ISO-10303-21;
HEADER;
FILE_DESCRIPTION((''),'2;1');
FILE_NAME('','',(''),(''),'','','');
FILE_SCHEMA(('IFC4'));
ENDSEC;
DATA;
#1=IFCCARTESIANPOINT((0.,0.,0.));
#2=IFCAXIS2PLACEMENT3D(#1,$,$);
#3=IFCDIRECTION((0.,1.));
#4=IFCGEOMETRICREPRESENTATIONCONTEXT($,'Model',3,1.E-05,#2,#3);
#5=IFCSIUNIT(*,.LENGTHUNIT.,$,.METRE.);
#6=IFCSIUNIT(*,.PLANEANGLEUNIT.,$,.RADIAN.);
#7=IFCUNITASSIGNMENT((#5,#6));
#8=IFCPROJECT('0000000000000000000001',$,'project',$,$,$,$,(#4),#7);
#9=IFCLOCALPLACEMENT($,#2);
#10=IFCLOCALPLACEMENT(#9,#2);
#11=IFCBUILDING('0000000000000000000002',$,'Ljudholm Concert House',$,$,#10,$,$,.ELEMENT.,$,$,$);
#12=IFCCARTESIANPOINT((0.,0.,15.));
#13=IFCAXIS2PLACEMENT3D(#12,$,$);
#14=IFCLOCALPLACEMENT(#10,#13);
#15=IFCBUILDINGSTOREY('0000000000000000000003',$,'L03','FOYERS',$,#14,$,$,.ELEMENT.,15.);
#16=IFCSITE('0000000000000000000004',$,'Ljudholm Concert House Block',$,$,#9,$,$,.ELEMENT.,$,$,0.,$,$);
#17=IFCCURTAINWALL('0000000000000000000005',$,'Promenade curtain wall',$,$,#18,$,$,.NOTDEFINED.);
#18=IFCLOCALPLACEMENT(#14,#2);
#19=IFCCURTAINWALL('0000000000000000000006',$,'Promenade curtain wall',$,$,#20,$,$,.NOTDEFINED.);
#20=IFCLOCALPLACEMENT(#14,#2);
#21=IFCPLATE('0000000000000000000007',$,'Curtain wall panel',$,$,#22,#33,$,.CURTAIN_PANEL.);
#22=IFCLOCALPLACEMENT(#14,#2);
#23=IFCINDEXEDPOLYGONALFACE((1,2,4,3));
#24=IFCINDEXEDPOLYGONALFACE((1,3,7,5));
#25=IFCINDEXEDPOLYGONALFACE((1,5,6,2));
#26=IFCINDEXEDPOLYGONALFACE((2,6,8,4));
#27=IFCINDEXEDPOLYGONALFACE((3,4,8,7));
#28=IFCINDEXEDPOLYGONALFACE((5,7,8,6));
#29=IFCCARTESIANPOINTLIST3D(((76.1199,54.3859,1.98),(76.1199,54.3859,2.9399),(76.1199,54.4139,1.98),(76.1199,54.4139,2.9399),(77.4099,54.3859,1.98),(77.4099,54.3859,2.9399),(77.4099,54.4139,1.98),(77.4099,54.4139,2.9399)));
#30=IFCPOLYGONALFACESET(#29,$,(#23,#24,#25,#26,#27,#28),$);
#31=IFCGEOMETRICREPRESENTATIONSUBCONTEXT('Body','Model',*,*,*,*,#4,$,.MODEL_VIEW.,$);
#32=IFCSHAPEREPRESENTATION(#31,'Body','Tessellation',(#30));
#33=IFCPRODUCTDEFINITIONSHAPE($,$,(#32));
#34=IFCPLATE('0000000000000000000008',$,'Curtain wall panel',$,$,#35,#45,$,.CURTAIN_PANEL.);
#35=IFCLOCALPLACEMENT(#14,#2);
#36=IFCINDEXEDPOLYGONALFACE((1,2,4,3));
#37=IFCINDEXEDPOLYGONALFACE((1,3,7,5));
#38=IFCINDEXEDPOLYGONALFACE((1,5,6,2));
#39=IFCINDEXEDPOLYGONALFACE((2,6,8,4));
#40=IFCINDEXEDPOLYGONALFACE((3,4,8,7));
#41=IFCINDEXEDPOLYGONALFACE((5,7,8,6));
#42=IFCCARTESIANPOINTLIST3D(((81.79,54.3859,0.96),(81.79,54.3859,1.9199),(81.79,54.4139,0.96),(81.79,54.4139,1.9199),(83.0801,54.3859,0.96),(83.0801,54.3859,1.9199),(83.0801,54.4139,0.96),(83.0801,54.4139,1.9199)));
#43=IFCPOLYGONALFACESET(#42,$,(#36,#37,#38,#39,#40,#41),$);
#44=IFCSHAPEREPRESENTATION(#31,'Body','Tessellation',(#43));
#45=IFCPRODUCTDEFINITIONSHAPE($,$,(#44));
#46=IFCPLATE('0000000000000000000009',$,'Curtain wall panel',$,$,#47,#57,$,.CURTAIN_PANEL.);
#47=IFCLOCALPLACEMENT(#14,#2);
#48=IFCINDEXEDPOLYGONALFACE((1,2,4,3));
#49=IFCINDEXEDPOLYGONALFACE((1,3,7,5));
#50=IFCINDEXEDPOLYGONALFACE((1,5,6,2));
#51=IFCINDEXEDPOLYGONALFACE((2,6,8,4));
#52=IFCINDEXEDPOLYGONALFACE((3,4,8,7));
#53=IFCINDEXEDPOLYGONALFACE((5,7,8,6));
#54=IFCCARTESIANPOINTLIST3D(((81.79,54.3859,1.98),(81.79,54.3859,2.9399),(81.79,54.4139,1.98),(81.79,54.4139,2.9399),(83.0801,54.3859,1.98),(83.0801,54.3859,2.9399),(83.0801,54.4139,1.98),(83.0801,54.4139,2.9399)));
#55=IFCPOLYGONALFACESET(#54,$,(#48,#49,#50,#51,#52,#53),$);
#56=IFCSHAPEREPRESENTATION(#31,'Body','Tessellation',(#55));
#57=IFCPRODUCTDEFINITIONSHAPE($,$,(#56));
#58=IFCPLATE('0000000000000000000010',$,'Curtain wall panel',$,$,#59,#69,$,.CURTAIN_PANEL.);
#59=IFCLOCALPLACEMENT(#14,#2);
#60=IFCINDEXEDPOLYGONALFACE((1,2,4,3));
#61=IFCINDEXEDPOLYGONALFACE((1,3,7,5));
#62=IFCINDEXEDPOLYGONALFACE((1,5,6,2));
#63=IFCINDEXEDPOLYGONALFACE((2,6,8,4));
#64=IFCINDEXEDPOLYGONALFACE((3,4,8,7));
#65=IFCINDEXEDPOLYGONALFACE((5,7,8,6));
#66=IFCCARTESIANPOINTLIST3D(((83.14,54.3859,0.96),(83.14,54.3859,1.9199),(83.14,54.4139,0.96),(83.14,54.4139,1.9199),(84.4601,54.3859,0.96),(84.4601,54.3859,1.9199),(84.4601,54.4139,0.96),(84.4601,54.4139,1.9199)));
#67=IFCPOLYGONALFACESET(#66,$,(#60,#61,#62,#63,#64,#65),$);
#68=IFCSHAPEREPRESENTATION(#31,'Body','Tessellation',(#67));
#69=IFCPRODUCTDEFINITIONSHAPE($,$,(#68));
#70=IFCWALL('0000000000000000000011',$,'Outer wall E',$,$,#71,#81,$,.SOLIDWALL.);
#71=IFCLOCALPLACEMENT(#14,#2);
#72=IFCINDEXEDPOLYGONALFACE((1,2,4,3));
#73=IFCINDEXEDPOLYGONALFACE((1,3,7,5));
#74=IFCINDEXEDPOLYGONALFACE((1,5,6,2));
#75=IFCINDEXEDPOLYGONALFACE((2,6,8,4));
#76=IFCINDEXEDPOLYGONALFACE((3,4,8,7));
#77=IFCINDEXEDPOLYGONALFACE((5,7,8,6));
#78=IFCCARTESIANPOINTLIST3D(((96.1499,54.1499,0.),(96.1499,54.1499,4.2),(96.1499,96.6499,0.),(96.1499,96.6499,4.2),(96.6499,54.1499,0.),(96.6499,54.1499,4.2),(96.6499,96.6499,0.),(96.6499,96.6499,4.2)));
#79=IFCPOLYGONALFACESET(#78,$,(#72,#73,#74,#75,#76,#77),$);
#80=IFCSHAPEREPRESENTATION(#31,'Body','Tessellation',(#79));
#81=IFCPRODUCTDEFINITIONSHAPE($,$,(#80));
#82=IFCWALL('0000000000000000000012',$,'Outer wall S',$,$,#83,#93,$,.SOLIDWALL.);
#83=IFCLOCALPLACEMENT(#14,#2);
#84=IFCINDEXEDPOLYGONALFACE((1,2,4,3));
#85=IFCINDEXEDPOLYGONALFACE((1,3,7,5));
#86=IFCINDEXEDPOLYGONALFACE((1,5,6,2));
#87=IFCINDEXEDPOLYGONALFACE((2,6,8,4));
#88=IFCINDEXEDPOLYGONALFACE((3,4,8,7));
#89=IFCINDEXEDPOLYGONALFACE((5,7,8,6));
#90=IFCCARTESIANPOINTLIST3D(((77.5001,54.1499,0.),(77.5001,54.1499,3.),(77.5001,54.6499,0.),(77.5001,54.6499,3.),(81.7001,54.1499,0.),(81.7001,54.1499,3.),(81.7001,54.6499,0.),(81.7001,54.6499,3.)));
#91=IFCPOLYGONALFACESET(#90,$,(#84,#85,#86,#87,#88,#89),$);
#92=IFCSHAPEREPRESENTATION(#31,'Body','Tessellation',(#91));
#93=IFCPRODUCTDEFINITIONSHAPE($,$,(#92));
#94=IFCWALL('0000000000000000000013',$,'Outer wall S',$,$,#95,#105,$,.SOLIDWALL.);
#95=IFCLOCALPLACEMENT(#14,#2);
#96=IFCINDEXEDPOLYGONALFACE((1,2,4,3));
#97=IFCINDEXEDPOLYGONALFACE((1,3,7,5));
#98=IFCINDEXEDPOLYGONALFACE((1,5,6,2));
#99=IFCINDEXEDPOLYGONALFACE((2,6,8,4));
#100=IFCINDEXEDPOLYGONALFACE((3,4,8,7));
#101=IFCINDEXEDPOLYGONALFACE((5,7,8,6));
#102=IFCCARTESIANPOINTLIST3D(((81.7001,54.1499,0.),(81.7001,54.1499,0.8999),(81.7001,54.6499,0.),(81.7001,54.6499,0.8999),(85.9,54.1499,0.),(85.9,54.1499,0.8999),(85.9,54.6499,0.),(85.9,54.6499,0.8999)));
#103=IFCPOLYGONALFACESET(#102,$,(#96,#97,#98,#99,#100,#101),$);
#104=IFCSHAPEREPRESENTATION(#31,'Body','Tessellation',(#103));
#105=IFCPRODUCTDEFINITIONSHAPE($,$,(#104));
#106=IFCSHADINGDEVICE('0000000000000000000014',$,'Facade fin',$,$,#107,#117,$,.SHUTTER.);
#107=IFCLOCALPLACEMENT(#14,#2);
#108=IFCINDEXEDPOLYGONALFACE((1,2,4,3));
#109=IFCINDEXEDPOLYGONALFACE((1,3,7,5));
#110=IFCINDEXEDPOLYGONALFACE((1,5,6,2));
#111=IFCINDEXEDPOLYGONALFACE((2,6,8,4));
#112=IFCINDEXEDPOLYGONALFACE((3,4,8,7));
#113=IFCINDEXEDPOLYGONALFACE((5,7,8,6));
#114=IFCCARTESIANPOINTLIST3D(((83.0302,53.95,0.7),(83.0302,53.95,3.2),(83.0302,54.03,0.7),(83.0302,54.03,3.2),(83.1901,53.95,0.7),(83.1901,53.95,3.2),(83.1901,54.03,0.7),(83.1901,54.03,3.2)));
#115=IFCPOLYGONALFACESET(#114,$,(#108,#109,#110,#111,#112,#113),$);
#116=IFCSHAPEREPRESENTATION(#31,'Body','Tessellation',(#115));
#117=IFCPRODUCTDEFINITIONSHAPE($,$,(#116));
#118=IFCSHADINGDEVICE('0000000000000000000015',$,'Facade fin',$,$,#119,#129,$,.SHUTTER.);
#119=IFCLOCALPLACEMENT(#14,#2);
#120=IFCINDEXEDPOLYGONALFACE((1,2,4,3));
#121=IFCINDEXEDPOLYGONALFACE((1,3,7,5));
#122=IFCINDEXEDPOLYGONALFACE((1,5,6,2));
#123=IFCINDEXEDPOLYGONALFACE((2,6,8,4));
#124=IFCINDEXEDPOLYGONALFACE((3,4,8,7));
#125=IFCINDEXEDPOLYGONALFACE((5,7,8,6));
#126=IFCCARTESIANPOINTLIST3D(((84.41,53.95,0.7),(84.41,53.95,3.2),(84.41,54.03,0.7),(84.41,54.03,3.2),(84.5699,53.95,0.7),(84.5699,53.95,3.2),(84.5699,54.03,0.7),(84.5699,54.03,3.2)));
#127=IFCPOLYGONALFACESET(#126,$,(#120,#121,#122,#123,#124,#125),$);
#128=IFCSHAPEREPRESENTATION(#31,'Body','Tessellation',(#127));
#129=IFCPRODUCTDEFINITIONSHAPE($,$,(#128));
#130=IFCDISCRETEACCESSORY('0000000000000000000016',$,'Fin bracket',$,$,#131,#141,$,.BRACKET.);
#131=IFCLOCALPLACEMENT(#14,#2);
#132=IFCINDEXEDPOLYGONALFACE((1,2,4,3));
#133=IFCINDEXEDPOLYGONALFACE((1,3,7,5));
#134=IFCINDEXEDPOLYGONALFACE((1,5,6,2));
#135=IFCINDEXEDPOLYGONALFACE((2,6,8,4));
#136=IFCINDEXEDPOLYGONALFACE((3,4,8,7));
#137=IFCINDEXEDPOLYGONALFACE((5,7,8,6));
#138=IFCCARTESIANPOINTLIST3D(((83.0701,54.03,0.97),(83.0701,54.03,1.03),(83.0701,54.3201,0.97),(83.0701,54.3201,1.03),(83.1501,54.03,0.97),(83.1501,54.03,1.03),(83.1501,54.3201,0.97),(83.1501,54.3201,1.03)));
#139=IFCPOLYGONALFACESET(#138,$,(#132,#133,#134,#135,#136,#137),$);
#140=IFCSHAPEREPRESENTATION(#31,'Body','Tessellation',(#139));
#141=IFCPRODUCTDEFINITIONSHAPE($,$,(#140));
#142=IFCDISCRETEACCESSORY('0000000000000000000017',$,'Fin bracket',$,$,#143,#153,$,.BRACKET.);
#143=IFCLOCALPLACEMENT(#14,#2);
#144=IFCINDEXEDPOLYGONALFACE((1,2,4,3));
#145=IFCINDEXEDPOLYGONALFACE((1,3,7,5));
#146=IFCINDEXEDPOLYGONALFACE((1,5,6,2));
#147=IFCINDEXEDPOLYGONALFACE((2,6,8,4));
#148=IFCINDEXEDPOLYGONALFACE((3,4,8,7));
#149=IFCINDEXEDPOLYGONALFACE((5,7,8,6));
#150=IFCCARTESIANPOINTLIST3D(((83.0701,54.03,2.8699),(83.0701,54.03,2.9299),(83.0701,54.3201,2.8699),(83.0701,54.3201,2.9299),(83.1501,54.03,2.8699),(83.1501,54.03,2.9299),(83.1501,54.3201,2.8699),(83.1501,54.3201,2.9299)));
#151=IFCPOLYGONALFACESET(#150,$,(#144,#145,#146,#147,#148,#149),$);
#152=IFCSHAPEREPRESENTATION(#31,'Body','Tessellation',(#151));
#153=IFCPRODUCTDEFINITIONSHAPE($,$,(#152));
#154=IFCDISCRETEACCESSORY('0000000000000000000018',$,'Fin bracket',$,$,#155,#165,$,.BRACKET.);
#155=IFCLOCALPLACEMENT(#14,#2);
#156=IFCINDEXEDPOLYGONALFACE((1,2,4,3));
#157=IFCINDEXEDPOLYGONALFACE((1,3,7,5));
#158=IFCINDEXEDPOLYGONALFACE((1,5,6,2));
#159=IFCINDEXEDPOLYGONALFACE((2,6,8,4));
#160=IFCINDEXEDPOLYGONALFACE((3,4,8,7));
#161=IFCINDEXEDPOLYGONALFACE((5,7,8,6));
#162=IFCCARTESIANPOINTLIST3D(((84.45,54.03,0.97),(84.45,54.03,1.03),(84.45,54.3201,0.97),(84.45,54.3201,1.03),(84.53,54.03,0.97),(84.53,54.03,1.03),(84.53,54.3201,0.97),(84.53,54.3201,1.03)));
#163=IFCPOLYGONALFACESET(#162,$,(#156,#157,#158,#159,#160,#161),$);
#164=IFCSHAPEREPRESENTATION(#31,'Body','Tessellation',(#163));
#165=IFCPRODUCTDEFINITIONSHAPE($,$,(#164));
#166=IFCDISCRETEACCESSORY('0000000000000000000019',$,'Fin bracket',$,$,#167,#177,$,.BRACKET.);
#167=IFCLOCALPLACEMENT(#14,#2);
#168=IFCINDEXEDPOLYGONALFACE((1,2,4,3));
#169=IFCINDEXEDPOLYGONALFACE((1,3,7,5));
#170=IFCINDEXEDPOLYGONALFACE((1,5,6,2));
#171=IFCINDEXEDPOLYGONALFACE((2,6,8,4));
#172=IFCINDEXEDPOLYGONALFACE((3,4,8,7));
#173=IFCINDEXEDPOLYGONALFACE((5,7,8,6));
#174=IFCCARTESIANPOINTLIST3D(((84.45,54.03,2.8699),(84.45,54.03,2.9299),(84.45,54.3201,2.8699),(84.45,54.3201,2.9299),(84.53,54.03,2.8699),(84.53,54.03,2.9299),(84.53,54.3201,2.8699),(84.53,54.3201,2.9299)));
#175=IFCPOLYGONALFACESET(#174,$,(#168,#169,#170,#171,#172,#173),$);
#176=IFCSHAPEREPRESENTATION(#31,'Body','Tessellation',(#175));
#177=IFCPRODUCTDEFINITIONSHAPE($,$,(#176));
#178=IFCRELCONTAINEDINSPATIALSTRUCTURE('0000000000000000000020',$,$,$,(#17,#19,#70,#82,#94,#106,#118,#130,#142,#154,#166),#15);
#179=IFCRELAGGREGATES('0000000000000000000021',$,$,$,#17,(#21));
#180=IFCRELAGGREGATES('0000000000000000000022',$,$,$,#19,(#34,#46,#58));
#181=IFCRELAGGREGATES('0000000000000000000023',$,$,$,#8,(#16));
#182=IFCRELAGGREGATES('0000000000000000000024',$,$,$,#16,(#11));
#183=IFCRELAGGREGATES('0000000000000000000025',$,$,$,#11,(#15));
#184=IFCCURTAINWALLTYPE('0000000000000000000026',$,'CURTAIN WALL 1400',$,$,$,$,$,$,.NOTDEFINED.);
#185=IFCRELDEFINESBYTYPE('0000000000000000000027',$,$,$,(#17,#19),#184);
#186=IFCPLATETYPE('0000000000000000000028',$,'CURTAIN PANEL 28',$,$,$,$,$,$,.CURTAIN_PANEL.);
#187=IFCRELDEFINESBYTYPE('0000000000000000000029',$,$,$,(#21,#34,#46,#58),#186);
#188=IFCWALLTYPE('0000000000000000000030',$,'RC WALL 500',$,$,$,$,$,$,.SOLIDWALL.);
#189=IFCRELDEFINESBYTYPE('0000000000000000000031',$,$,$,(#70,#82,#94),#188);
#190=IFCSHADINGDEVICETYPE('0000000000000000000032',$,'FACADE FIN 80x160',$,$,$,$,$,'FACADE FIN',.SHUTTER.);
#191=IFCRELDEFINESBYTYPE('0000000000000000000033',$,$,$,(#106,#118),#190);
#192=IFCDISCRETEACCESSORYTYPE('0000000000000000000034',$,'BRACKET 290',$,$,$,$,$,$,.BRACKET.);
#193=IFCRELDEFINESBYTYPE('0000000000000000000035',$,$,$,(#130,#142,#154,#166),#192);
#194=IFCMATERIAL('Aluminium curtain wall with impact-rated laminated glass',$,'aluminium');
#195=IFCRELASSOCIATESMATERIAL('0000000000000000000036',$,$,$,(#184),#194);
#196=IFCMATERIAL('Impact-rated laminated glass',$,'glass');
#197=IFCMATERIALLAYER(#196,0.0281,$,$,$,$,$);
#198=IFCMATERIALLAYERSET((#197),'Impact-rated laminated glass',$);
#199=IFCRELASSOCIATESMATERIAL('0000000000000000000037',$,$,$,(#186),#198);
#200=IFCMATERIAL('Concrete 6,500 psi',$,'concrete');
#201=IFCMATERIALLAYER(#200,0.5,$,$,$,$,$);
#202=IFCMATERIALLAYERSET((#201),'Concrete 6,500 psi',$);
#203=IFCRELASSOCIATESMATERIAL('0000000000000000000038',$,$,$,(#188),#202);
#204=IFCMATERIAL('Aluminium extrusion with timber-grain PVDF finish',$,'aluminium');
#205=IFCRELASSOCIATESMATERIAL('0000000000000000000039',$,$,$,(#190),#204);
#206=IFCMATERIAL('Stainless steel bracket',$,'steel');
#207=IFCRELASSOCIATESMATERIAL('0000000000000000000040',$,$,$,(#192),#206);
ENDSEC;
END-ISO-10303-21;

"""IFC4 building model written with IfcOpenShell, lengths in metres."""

from ifc_helpers import new_model, si_unit, direction, frame, frame_2d, origin, origin_2d, place, context, subcontext, project, spatial, rectangle, extrude, material, layer, layer_set, type_object, element, aggregate, save


model = new_model("IFC4")

# Units and contexts
model_context = context("Model", 3, precision=1e-05, world=origin(), true_north=direction((0.0, 1.0)))
body_context = subcontext(model_context, "Body", "Model", "MODEL_VIEW")
ifc_project = project(units=[si_unit("LENGTHUNIT", "METRE"), si_unit("PLANEANGLEUNIT", "RADIAN")], contexts=[model_context])

# Site, building, storey
site_placement = place(None, origin())
site = spatial("IfcSite", under=ifc_project, at=site_placement, Name="Ljudholm Concert House Block", CompositionType="ELEMENT", RefElevation=0.0)
building_placement = place(site_placement, origin())
building = spatial("IfcBuilding", under=site, at=building_placement, Name="Ljudholm Concert House", CompositionType="ELEMENT")
storey_placement = place(building_placement, frame((0.0, 0.0, 15.0)))
storey = spatial("IfcBuildingStorey", under=building, at=storey_placement, Name="L03", Description="FOYERS", CompositionType="ELEMENT", Elevation=15.0)

# Curtain walls
ifc_material_1 = material(Name="Aluminium curtain wall with impact-rated laminated glass", Category="aluminium")
curtain_wall_type = type_object("IfcCurtainWallType", Name="CURTAIN WALL 1400", PredefinedType="NOTDEFINED", material=ifc_material_1)
curtain_wall_1_placement = place(storey_placement, origin())
curtain_wall_1 = element("IfcCurtainWall", 1, at=curtain_wall_1_placement, inside=storey, type_object=curtain_wall_type, Name="Promenade curtain wall", PredefinedType="NOTDEFINED")
curtain_wall_2_placement = place(storey_placement, origin())
curtain_wall_2 = element("IfcCurtainWall", 2, at=curtain_wall_2_placement, inside=storey, type_object=curtain_wall_type, Name="Promenade curtain wall", PredefinedType="NOTDEFINED")

# Plates
ifc_material_2 = material(Name="Impact-rated laminated glass", Category="glass")
ifc_layer_1 = layer(ifc_material_2, 0.0281)
ifc_layer_set_1 = layer_set([ifc_layer_1], Name="Impact-rated laminated glass")
plate_type = type_object("IfcPlateType", Name="CURTAIN PANEL 28", PredefinedType="CURTAIN_PANEL", material=ifc_layer_set_1)
plate_1_placement = place(storey_placement, frame((76.7649, 54.3999, 1.98), z_axis=(0.0, 0.0, 1.0), x_axis=(1.0, 0.0, 0.0)))
plate_1 = element("IfcPlate", 3, at=plate_1_placement, type_object=plate_type, Name="Curtain wall panel", PredefinedType="CURTAIN_PANEL", context=body_context, shape_type="SweptSolid", body=[
    extrude(rectangle(XDim=1.29, YDim=0.0281, at=origin_2d()), origin(), (0.0, 0.0, 1.0), 0.96),
])
aggregate(curtain_wall_1, [plate_1])
plate_2_placement = place(storey_placement, frame((82.4351, 54.3999, 0.96), z_axis=(0.0, 0.0, 1.0), x_axis=(1.0, 0.0, 0.0)))
plate_2 = element("IfcPlate", 4, at=plate_2_placement, type_object=plate_type, Name="Curtain wall panel", PredefinedType="CURTAIN_PANEL", context=body_context, shape_type="SweptSolid", body=[
    extrude(rectangle(XDim=1.29, YDim=0.0281, at=origin_2d()), origin(), (0.0, 0.0, 1.0), 0.96),
])
plate_3_placement = place(storey_placement, frame((82.4351, 54.3999, 1.98), z_axis=(0.0, 0.0, 1.0), x_axis=(1.0, 0.0, 0.0)))
plate_3 = element("IfcPlate", 5, at=plate_3_placement, type_object=plate_type, Name="Curtain wall panel", PredefinedType="CURTAIN_PANEL", context=body_context, shape_type="SweptSolid", body=[
    extrude(rectangle(XDim=1.29, YDim=0.0281, at=origin_2d()), origin(), (0.0, 0.0, 1.0), 0.96),
])
plate_4_placement = place(storey_placement, frame((83.8, 54.3999, 0.96), z_axis=(0.0, 0.0, 1.0), x_axis=(1.0, 0.0, 0.0)))
plate_4 = element("IfcPlate", 6, at=plate_4_placement, type_object=plate_type, Name="Curtain wall panel", PredefinedType="CURTAIN_PANEL", context=body_context, shape_type="SweptSolid", body=[
    extrude(rectangle(XDim=1.3201, YDim=0.0281, at=origin_2d()), origin(), (0.0, 0.0, 1.0), 0.96),
])
aggregate(curtain_wall_2, [plate_2, plate_3, plate_4])

# Walls
ifc_material_3 = material(Name="Concrete 6,500 psi", Category="concrete")
ifc_layer_2 = layer(ifc_material_3, 0.5)
ifc_layer_set_2 = layer_set([ifc_layer_2], Name="Concrete 6,500 psi")
wall_type = type_object("IfcWallType", Name="RC WALL 500", PredefinedType="SOLIDWALL", material=ifc_layer_set_2)
wall_1_placement = place(storey_placement, frame((96.3999, 54.1499, 0.0), z_axis=(0.0, 0.0, 1.0), x_axis=(0.0, 1.0, 0.0)))
element("IfcWall", 7, at=wall_1_placement, inside=storey, type_object=wall_type, Name="Outer wall E", PredefinedType="SOLIDWALL", context=body_context, shape_type="SweptSolid", body=[
    extrude(rectangle(XDim=42.5, YDim=0.5, at=frame_2d((21.25, 0.0))), origin(), (0.0, 0.0, 1.0), 4.2),
])
wall_2_placement = place(storey_placement, frame((77.5, 54.3999, 0.0), z_axis=(0.0, 0.0, 1.0), x_axis=(1.0, 0.0, 0.0)))
element("IfcWall", 8, at=wall_2_placement, inside=storey, type_object=wall_type, Name="Outer wall S", PredefinedType="SOLIDWALL", context=body_context, shape_type="SweptSolid", body=[
    extrude(rectangle(XDim=4.2, YDim=0.5, at=frame_2d((2.1001, 0.0))), origin(), (0.0, 0.0, 1.0), 3.0),
])
wall_3_placement = place(storey_placement, frame((81.7, 54.3999, 0.0), z_axis=(0.0, 0.0, 1.0), x_axis=(1.0, 0.0, 0.0)))
element("IfcWall", 9, at=wall_3_placement, inside=storey, type_object=wall_type, Name="Outer wall S", PredefinedType="SOLIDWALL", context=body_context, shape_type="SweptSolid", body=[
    extrude(rectangle(XDim=4.2, YDim=0.5, at=frame_2d((2.1001, 0.0))), origin(), (0.0, 0.0, 1.0), 0.8999),
])

# Shading devices
ifc_material_4 = material(Name="Aluminium extrusion with timber-grain PVDF finish", Category="aluminium")
shading_device_type = type_object("IfcShadingDeviceType", Name="FACADE FIN 80x160", ElementType="FACADE FIN", PredefinedType="SHUTTER", material=ifc_material_4)
for number, where, z_axis, x_axis, name in (
    (10, (83.1101, 53.99, 0.7), (0.0, 0.0, 1.0), (0.0, -1.0, 0.0), "Facade fin"),
    (11, (84.49, 53.99, 0.7), (0.0, 0.0, 1.0), (0.0, -1.0, 0.0), "Facade fin"),
):
    element("IfcShadingDevice", number, at=place(storey_placement, frame(where, z_axis=z_axis, x_axis=x_axis)), inside=storey, type_object=shading_device_type, Name=name, PredefinedType="SHUTTER", context=body_context, shape_type="SweptSolid", body=[
        extrude(rectangle(XDim=0.0801, YDim=0.1599, at=origin_2d()), origin(), (0.0, 0.0, 1.0), 2.5),
    ])

# Discrete accessories
ifc_material_5 = material(Name="Stainless steel bracket", Category="steel")
discrete_accessory_type = type_object("IfcDiscreteAccessoryType", Name="BRACKET 290", PredefinedType="BRACKET", material=ifc_material_5)
for number, where, z_axis, x_axis, name in (
    (12, (83.1101, 54.175, 0.97), (0.0, 0.0, 1.0), (0.0, -1.0, 0.0), "Fin bracket"),
    (13, (83.1101, 54.175, 2.8699), (0.0, 0.0, 1.0), (0.0, -1.0, 0.0), "Fin bracket"),
    (14, (84.49, 54.175, 0.97), (0.0, 0.0, 1.0), (0.0, -1.0, 0.0), "Fin bracket"),
    (15, (84.49, 54.175, 2.8699), (0.0, 0.0, 1.0), (0.0, -1.0, 0.0), "Fin bracket"),
):
    element("IfcDiscreteAccessory", number, at=place(storey_placement, frame(where, z_axis=z_axis, x_axis=x_axis)), inside=storey, type_object=discrete_accessory_type, Name=name, PredefinedType="BRACKET", context=body_context, shape_type="SweptSolid", body=[
        extrude(rectangle(XDim=0.29, YDim=0.0801, at=origin_2d()), origin(), (0.0, 0.0, 1.0), 0.0601),
    ])

save(model, "model.ifc")
